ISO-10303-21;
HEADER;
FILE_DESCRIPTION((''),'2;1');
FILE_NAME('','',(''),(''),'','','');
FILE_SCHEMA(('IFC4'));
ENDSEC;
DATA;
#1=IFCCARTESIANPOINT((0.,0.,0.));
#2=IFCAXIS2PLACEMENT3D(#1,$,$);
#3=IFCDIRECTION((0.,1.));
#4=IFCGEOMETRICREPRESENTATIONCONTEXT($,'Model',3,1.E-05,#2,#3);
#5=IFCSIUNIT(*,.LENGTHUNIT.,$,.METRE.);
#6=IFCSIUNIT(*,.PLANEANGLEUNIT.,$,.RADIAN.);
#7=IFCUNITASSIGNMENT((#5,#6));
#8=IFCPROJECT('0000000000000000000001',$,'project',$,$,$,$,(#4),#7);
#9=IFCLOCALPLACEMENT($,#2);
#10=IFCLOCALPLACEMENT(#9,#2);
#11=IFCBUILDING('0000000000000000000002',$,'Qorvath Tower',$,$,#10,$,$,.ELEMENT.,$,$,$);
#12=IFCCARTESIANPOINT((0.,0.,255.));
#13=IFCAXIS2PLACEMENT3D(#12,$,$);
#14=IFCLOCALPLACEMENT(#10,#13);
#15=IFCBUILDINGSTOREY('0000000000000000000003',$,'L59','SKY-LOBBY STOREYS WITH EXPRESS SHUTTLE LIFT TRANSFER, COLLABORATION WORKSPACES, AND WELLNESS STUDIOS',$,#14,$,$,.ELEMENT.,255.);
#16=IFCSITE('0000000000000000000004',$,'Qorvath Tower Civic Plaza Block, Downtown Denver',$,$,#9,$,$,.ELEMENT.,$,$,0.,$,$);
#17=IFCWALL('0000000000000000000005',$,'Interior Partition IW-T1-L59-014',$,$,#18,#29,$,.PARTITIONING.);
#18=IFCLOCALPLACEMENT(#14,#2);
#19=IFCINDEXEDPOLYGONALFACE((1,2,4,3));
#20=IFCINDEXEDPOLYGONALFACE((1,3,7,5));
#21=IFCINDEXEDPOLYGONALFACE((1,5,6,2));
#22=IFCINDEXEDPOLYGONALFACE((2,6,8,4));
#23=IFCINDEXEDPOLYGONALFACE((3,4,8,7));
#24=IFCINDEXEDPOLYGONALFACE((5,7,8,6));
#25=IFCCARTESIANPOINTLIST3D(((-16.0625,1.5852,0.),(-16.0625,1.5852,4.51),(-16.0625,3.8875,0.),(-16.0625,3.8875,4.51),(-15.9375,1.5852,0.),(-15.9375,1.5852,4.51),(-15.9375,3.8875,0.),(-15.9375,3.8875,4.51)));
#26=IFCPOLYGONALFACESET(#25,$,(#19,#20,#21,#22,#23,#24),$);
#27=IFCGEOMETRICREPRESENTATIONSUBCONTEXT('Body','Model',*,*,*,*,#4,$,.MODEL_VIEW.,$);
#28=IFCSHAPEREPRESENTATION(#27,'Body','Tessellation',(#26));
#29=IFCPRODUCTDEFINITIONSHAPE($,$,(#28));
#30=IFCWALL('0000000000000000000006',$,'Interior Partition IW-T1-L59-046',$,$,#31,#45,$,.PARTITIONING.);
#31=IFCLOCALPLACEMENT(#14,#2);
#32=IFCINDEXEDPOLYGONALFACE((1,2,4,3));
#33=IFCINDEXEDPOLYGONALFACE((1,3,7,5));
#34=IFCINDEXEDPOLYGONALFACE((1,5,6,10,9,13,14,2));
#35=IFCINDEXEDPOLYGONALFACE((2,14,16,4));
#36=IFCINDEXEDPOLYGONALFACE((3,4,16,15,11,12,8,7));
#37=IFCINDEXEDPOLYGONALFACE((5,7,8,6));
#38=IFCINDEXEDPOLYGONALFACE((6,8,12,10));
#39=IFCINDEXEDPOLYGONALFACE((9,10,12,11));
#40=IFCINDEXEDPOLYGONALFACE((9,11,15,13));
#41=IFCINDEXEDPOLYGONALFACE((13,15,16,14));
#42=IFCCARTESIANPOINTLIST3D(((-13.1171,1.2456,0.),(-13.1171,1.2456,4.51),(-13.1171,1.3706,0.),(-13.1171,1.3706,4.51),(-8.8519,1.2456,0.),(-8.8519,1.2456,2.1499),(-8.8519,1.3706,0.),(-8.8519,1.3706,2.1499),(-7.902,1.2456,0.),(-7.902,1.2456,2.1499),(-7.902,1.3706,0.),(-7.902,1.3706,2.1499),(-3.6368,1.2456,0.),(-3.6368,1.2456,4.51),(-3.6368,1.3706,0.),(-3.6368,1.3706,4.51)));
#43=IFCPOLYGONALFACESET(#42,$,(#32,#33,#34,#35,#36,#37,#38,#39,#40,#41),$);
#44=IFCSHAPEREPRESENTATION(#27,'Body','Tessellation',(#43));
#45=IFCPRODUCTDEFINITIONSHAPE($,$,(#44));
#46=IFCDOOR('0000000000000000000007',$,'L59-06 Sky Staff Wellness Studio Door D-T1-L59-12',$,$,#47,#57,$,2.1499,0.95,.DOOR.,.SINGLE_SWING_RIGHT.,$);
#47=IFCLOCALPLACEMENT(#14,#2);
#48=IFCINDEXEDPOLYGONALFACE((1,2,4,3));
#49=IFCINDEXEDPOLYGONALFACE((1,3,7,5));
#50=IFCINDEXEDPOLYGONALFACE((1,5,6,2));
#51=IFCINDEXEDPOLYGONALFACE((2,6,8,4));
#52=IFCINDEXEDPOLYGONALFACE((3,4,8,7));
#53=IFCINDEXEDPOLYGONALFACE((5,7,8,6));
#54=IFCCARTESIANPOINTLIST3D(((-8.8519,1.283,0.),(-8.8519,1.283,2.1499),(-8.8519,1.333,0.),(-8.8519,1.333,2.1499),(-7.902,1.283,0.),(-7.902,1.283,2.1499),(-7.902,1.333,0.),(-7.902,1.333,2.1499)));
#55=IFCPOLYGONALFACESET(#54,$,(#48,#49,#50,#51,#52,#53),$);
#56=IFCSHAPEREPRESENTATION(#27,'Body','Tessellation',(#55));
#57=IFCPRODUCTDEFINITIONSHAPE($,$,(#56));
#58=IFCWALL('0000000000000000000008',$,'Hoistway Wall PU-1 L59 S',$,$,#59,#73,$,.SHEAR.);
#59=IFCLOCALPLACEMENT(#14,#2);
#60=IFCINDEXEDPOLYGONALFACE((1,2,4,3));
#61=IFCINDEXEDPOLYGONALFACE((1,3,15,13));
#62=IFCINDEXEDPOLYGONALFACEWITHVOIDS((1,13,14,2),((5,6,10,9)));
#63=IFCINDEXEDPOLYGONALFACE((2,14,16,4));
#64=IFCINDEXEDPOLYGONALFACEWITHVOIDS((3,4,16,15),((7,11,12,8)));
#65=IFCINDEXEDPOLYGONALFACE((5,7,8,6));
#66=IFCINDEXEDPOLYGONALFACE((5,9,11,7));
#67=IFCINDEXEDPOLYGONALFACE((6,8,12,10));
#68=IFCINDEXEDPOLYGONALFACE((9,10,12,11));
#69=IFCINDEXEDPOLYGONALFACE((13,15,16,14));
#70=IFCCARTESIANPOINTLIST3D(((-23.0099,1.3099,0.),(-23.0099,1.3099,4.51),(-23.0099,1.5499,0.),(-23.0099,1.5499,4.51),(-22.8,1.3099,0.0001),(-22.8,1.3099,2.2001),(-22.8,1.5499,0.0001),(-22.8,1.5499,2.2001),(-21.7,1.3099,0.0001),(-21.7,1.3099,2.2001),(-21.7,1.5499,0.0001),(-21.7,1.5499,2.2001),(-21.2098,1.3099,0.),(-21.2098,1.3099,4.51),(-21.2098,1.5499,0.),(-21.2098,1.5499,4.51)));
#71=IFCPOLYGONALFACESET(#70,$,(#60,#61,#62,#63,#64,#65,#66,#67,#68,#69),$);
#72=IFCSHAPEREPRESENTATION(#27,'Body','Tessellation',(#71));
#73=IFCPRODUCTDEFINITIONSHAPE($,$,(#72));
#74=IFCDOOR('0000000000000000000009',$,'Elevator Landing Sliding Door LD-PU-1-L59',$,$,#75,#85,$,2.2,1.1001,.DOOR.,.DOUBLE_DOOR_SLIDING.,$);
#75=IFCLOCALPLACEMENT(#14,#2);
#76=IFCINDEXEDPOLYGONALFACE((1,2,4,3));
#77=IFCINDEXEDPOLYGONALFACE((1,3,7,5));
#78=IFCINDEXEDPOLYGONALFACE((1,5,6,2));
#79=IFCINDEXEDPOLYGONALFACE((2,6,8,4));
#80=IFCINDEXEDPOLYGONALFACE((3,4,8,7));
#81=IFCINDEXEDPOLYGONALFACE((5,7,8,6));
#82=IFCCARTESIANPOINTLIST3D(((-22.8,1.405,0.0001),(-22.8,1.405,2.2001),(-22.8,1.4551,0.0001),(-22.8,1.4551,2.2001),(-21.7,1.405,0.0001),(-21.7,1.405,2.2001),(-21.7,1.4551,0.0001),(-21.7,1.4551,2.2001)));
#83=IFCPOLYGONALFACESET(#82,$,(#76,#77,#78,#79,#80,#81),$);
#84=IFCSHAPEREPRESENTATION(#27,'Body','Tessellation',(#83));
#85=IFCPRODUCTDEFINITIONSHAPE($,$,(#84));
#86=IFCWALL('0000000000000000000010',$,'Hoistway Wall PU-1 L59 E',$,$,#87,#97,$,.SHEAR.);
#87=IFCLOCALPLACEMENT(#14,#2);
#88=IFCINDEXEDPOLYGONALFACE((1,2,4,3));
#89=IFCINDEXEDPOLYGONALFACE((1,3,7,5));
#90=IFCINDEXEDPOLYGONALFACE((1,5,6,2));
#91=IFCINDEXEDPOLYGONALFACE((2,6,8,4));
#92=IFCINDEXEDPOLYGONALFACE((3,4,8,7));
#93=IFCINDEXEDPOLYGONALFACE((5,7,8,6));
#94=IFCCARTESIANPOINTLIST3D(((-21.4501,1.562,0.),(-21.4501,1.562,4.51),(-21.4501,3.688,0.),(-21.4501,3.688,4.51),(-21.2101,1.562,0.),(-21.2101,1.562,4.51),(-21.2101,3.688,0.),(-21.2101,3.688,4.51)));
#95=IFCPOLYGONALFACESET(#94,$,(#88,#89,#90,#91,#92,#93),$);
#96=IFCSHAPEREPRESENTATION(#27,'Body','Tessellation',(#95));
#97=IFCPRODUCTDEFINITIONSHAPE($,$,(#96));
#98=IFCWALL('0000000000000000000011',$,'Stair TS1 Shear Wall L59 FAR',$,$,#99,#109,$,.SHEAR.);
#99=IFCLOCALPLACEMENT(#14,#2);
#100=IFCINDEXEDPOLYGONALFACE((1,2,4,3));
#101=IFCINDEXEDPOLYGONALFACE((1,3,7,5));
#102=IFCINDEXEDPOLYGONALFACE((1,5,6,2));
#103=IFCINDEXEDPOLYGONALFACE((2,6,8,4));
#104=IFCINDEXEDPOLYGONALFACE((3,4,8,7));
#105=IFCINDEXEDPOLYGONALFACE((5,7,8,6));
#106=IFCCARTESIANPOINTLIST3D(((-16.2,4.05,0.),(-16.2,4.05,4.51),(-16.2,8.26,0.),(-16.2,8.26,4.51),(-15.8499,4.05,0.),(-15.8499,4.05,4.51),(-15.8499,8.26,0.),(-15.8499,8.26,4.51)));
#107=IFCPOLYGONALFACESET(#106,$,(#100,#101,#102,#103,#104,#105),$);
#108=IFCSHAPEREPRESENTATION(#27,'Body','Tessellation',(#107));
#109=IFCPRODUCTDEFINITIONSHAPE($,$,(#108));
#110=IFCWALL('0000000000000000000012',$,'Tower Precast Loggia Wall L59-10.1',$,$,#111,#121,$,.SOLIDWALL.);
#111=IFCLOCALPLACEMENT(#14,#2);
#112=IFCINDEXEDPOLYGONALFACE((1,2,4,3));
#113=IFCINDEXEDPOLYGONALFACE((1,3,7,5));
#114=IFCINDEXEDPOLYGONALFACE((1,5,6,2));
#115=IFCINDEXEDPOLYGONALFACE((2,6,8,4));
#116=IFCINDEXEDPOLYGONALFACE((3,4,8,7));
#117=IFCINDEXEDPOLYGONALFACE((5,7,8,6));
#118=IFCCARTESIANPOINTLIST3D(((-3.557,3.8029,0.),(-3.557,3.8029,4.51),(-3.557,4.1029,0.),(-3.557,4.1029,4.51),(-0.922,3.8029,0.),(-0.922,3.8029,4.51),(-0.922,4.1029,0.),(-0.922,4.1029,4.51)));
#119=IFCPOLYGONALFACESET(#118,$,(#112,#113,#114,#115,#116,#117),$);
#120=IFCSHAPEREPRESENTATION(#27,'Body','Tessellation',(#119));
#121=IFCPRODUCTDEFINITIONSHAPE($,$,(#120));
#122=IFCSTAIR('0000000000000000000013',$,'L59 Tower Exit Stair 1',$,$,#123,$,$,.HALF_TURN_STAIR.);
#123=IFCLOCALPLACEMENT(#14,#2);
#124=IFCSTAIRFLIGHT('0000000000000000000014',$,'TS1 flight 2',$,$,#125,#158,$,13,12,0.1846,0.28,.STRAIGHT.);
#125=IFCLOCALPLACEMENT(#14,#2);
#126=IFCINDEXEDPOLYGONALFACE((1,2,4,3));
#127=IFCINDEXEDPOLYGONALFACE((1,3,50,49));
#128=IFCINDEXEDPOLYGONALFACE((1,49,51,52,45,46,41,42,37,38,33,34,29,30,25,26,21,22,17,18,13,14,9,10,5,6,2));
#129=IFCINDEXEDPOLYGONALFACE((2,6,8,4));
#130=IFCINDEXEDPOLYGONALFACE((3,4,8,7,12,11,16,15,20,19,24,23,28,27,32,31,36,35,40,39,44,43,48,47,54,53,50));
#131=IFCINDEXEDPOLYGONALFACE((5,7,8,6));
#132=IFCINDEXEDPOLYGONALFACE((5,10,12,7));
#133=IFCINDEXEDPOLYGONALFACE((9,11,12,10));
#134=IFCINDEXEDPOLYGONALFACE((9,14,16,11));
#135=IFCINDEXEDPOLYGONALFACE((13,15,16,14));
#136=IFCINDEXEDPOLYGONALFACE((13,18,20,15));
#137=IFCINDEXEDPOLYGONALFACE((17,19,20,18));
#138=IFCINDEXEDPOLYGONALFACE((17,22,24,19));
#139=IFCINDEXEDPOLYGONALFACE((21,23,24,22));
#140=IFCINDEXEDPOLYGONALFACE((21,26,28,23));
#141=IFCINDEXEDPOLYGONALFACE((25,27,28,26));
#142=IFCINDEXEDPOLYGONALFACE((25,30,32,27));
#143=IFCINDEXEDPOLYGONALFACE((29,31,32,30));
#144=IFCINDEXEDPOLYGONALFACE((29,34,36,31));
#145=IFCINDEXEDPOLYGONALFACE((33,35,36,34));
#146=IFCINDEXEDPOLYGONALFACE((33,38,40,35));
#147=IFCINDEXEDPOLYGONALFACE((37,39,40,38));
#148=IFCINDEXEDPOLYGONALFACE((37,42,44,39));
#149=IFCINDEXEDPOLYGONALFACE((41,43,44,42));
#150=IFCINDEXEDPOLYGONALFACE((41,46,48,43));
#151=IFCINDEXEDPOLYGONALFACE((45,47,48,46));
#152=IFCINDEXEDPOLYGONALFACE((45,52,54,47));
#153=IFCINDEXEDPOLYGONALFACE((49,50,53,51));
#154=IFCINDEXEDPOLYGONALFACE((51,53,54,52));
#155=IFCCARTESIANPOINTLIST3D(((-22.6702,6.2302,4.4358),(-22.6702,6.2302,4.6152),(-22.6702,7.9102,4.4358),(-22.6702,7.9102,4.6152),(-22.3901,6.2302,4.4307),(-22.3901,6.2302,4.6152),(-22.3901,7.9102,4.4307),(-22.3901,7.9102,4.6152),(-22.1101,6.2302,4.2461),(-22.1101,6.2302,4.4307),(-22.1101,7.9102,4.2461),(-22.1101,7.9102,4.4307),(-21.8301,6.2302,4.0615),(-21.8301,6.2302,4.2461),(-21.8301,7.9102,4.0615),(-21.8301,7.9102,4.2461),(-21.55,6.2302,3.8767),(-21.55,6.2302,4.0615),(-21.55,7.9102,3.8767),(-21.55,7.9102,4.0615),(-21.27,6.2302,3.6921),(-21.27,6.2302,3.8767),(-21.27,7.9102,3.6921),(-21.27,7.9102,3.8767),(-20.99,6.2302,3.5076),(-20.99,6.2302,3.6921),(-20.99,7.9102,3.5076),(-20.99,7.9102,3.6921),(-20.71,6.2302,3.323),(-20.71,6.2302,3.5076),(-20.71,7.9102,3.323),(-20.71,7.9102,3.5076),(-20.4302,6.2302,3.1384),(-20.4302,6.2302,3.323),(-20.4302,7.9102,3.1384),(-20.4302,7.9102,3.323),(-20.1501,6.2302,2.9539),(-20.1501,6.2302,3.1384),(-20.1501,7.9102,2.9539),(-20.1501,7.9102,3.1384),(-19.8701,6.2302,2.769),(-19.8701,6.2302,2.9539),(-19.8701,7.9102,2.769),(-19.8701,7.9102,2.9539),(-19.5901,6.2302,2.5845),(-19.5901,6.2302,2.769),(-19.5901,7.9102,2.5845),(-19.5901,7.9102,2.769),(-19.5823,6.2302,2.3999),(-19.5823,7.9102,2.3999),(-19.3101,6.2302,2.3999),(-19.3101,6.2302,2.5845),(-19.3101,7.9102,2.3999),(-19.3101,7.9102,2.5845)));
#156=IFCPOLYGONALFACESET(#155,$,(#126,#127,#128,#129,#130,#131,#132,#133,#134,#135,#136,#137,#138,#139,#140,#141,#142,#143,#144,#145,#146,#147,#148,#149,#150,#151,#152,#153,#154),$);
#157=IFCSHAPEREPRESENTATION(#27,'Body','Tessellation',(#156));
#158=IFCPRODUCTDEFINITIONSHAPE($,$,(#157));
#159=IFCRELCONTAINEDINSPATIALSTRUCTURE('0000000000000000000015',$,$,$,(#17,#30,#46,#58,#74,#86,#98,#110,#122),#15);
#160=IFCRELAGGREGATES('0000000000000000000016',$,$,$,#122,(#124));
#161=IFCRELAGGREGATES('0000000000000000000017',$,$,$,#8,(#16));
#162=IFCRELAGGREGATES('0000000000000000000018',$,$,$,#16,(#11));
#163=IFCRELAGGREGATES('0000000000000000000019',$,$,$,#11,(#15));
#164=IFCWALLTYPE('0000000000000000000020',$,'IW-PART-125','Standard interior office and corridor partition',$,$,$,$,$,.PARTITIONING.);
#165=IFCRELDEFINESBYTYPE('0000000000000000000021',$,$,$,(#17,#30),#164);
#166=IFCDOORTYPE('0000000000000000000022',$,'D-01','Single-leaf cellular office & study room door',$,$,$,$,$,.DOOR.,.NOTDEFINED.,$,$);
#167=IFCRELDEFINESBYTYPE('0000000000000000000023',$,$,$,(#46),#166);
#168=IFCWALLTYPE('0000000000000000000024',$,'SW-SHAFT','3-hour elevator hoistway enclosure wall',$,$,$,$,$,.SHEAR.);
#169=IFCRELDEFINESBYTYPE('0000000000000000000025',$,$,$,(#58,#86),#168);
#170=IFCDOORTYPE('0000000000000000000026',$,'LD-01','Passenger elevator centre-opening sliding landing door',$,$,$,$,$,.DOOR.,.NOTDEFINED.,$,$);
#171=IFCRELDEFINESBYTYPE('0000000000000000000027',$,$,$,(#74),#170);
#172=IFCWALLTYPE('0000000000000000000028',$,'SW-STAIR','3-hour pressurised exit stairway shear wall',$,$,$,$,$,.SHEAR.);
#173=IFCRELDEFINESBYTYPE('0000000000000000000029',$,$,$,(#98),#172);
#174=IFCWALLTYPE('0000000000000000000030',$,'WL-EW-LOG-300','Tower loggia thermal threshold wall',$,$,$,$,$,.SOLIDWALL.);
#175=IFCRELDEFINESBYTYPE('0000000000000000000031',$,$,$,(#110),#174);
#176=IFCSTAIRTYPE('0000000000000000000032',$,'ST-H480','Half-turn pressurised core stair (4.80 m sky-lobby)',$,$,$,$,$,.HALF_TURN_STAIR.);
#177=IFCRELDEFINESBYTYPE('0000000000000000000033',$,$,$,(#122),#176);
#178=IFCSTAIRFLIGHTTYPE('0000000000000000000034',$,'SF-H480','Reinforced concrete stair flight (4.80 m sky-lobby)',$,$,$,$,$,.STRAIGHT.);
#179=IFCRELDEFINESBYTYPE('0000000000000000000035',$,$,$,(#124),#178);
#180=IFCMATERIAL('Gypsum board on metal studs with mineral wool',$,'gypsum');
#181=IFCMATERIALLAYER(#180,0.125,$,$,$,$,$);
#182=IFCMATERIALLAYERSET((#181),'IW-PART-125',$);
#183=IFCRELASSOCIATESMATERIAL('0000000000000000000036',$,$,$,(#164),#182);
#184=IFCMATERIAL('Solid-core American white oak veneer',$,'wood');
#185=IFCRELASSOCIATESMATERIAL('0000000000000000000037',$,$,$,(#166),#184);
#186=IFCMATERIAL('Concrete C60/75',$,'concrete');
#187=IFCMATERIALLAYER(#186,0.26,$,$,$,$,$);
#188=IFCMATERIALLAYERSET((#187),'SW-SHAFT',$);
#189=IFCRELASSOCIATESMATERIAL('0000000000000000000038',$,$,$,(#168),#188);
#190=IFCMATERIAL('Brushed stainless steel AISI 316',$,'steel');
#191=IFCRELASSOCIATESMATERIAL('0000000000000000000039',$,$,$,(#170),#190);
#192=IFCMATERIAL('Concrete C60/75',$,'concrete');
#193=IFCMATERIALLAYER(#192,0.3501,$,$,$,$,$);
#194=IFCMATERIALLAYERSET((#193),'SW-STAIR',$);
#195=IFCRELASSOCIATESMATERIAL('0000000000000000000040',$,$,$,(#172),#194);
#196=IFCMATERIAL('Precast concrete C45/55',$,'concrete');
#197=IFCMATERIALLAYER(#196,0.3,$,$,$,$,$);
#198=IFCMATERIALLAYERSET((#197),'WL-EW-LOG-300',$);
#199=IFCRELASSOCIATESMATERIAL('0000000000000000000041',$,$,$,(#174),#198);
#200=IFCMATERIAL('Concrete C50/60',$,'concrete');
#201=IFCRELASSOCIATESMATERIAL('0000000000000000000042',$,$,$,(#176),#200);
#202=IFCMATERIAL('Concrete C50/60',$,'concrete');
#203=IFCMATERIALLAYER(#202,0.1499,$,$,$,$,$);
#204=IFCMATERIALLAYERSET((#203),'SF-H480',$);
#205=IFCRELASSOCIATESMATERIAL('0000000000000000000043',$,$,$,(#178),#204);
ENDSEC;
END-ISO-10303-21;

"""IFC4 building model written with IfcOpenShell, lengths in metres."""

from ifc_helpers import new_model, si_unit, direction, frame, frame_2d, origin, place, context, subcontext, project, spatial, polyline, rectangle, outline, extrude, material, layer, layer_set, type_object, element, fill, aggregate, save


model = new_model("IFC4")

# Units and contexts
model_context = context("Model", 3, precision=1e-05, world=origin(), true_north=direction((0.0, 1.0)))
body_context = subcontext(model_context, "Body", "Model", "MODEL_VIEW")
ifc_project = project(units=[si_unit("LENGTHUNIT", "METRE"), si_unit("PLANEANGLEUNIT", "RADIAN")], contexts=[model_context])

# Site, building, storey
site_placement = place(None, origin())
site = spatial("IfcSite", under=ifc_project, at=site_placement, Name="Qorvath Tower Civic Plaza Block, Downtown Denver", CompositionType="ELEMENT", RefElevation=0.0)
building_placement = place(site_placement, origin())
building = spatial("IfcBuilding", under=site, at=building_placement, Name="Qorvath Tower", CompositionType="ELEMENT")
storey_placement = place(building_placement, frame((0.0, 0.0, 255.0)))
storey = spatial("IfcBuildingStorey", under=building, at=storey_placement, Name="L59", Description="SKY-LOBBY STOREYS WITH EXPRESS SHUTTLE LIFT TRANSFER, COLLABORATION WORKSPACES, AND WELLNESS STUDIOS", CompositionType="ELEMENT", Elevation=255.0)

# Shared definitions
ifc_material_1 = material(Name="Gypsum board on metal studs with mineral wool", Category="gypsum")
ifc_layer_1 = layer(ifc_material_1, 0.125)
ifc_layer_set_1 = layer_set([ifc_layer_1], Name="IW-PART-125")
wall_type_1 = type_object("IfcWallType", Name="IW-PART-125", Description="Standard interior office and corridor partition", PredefinedType="PARTITIONING", material=ifc_layer_set_1)
ifc_material_2 = material(Name="Solid-core American white oak veneer", Category="wood")
door_type_1 = type_object("IfcDoorType", Name="D-01", Description="Single-leaf cellular office & study room door", OperationType="NOTDEFINED", PredefinedType="DOOR", material=ifc_material_2)

# Wall
wall_1_placement = place(storey_placement, frame((-16.0, 1.5852, 0.0), z_axis=(0.0, 0.0, 1.0), x_axis=(0.0, 1.0, 0.0)))
element("IfcWall", 1, at=wall_1_placement, inside=storey, type_object=wall_type_1, Name="Interior Partition IW-T1-L59-014", PredefinedType="PARTITIONING", context=body_context, shape_type="SweptSolid", body=[
    extrude(rectangle(XDim=2.3022, YDim=0.125, at=frame_2d((1.1511, 0.0))), origin(), (0.0, 0.0, 1.0), 4.51),
])

# Walls, openings, doors
wall_2_placement = place(storey_placement, frame((-13.1172, 1.3081, 0.0), z_axis=(0.0, 0.0, 1.0), x_axis=(1.0, 0.0, 0.0)))
wall_2 = element("IfcWall", 2, at=wall_2_placement, inside=storey, type_object=wall_type_1, Name="Interior Partition IW-T1-L59-046", PredefinedType="PARTITIONING", context=body_context, shape_type="SweptSolid", body=[
    extrude(rectangle(XDim=9.4802, YDim=0.125, at=frame_2d((4.7402, 0.0))), origin(), (0.0, 0.0, 1.0), 4.51),
])
opening_1_placement = place(wall_2_placement, frame((4.2651, 0.0, 0.0)))
opening_1 = element("IfcOpeningElement", 3, at=opening_1_placement, cuts=wall_2, PredefinedType="OPENING", context=body_context, shape_type="SweptSolid", body=[
    extrude(rectangle(XDim=0.95, YDim=2.1499, at=frame_2d((0.4751, 1.075))), frame((0.0, 0.0725, 0.0), z_axis=(0.0, -1.0, 0.0), x_axis=(1.0, 0.0, 0.0)), (0.0, 0.0, 1.0), 0.145),
])
door_1_placement = place(opening_1_placement, origin())
door_1 = element("IfcDoor", 4, at=door_1_placement, inside=storey, type_object=door_type_1, Name="L59-06 Sky Staff Wellness Studio Door D-T1-L59-12", OperationType="SINGLE_SWING_RIGHT", OverallHeight=2.1499, OverallWidth=0.95, PredefinedType="DOOR", context=body_context, shape_type="SweptSolid", body=[
    extrude(rectangle(XDim=0.95, YDim=2.1499, at=frame_2d((0.4751, 1.075))), frame((0.0, 0.0249, 0.0), z_axis=(0.0, -1.0, 0.0), x_axis=(1.0, 0.0, 0.0)), (0.0, 0.0, 1.0), 0.05),
])
fill(opening_1, door_1)
ifc_material_3 = material(Name="Concrete C60/75", Category="concrete")
ifc_layer_2 = layer(ifc_material_3, 0.26)
ifc_layer_set_2 = layer_set([ifc_layer_2], Name="SW-SHAFT")
wall_type_2 = type_object("IfcWallType", Name="SW-SHAFT", Description="3-hour elevator hoistway enclosure wall", PredefinedType="SHEAR", material=ifc_layer_set_2)
wall_3_placement = place(storey_placement, frame((-21.21, 1.4299, 0.0), z_axis=(0.0, 0.0, 1.0), x_axis=(-1.0, 0.0, 0.0)))
wall_3 = element("IfcWall", 5, at=wall_3_placement, inside=storey, type_object=wall_type_2, Name="Hoistway Wall PU-1 L59 S", PredefinedType="SHEAR", context=body_context, shape_type="SweptSolid", body=[
    extrude(rectangle(XDim=1.8, YDim=0.24, at=frame_2d((0.8999, 0.0))), origin(), (0.0, 0.0, 1.0), 4.51),
])
opening_2_placement = place(wall_3_placement, frame((0.49, 0.0, 0.0)))
opening_2 = element("IfcOpeningElement", 6, at=opening_2_placement, cuts=wall_3, PredefinedType="OPENING", context=body_context, shape_type="SweptSolid", body=[
    extrude(rectangle(XDim=1.1001, YDim=2.2, at=frame_2d((0.55, 1.1001))), frame((0.0, 0.1299, 0.0), z_axis=(0.0, -1.0, 0.0), x_axis=(1.0, 0.0, 0.0)), (0.0, 0.0, 1.0), 0.26),
])
ifc_material_4 = material(Name="Brushed stainless steel AISI 316", Category="steel")
door_type_2 = type_object("IfcDoorType", Name="LD-01", Description="Passenger elevator centre-opening sliding landing door", OperationType="NOTDEFINED", PredefinedType="DOOR", material=ifc_material_4)
door_2_placement = place(opening_2_placement, origin())
door_2 = element("IfcDoor", 7, at=door_2_placement, inside=storey, type_object=door_type_2, Name="Elevator Landing Sliding Door LD-PU-1-L59", OperationType="DOUBLE_DOOR_SLIDING", OverallHeight=2.2, OverallWidth=1.1001, PredefinedType="DOOR", context=body_context, shape_type="SweptSolid", body=[
    extrude(rectangle(XDim=1.1001, YDim=2.2, at=frame_2d((0.55, 1.1001))), frame((0.0, 0.0249, 0.0), z_axis=(0.0, -1.0, 0.0), x_axis=(1.0, 0.0, 0.0)), (0.0, 0.0, 1.0), 0.05),
])
fill(opening_2, door_2)

# Walls
wall_4_placement = place(storey_placement, frame((-21.3301, 3.688, 0.0), z_axis=(0.0, 0.0, 1.0), x_axis=(0.0, -1.0, 0.0)))
element("IfcWall", 8, at=wall_4_placement, inside=storey, type_object=wall_type_2, Name="Hoistway Wall PU-1 L59 E", PredefinedType="SHEAR", context=body_context, shape_type="SweptSolid", body=[
    extrude(rectangle(XDim=2.126, YDim=0.24, at=frame_2d((1.063, 0.0))), origin(), (0.0, 0.0, 1.0), 4.51),
])
ifc_material_5 = material(Name="Concrete C60/75", Category="concrete")
ifc_layer_3 = layer(ifc_material_5, 0.3501)
ifc_layer_set_3 = layer_set([ifc_layer_3], Name="SW-STAIR")
wall_type_3 = type_object("IfcWallType", Name="SW-STAIR", Description="3-hour pressurised exit stairway shear wall", PredefinedType="SHEAR", material=ifc_layer_set_3)
wall_5_placement = place(storey_placement, frame((-16.0249, 4.05, 0.0), z_axis=(0.0, 0.0, 1.0), x_axis=(0.0, 1.0, 0.0)))
element("IfcWall", 9, at=wall_5_placement, inside=storey, type_object=wall_type_3, Name="Stair TS1 Shear Wall L59 FAR", PredefinedType="SHEAR", context=body_context, shape_type="SweptSolid", body=[
    extrude(rectangle(XDim=4.21, YDim=0.3501, at=frame_2d((2.105, 0.0))), origin(), (0.0, 0.0, 1.0), 4.51),
])
ifc_material_6 = material(Name="Precast concrete C45/55", Category="concrete")
ifc_layer_4 = layer(ifc_material_6, 0.3)
ifc_layer_set_4 = layer_set([ifc_layer_4], Name="WL-EW-LOG-300")
wall_type_4 = type_object("IfcWallType", Name="WL-EW-LOG-300", Description="Tower loggia thermal threshold wall", PredefinedType="SOLIDWALL", material=ifc_layer_set_4)
wall_6_placement = place(storey_placement, frame((-3.5569, 3.9529, 0.0), z_axis=(0.0, 0.0, 1.0), x_axis=(1.0, 0.0, 0.0)))
element("IfcWall", 10, at=wall_6_placement, inside=storey, type_object=wall_type_4, Name="Tower Precast Loggia Wall L59-10.1", PredefinedType="SOLIDWALL", context=body_context, shape_type="SweptSolid", body=[
    extrude(rectangle(XDim=2.635, YDim=0.3, at=frame_2d((1.3174, 0.0))), origin(), (0.0, 0.0, 1.0), 4.51),
])

# Stair, stair flight
ifc_material_7 = material(Name="Concrete C50/60", Category="concrete")
stair_type = type_object("IfcStairType", Name="ST-H480", Description="Half-turn pressurised core stair (4.80 m sky-lobby)", PredefinedType="HALF_TURN_STAIR", material=ifc_material_7)
stair_placement = place(storey_placement, origin())
stair = element("IfcStair", 11, at=stair_placement, inside=storey, type_object=stair_type, Name="L59 Tower Exit Stair 1", PredefinedType="HALF_TURN_STAIR")
ifc_material_8 = material(Name="Concrete C50/60", Category="concrete")
ifc_layer_5 = layer(ifc_material_8, 0.1499)
ifc_layer_set_5 = layer_set([ifc_layer_5], Name="SF-H480")
stair_flight_type = type_object("IfcStairFlightType", Name="SF-H480", Description="Reinforced concrete stair flight (4.80 m sky-lobby)", PredefinedType="STRAIGHT", material=ifc_layer_set_5)
stair_flight_placement = place(storey_placement, frame((-19.3101, 7.0701, 2.3999), z_axis=(0.0, 0.0, 1.0), x_axis=(-1.0, 0.0, 0.0)))
stair_flight = element("IfcStairFlight", 12, at=stair_flight_placement, type_object=stair_flight_type, Name="TS1 flight 2", NumberOfRisers=13, NumberOfTreads=12, PredefinedType="STRAIGHT", RiserHeight=0.1846, TreadLength=0.28, context=body_context, shape_type="SweptSolid", body=[
    extrude(outline(polyline([(0.0, 0.0), (0.0, 0.1846), (0.28, 0.1846), (0.28, 0.3691), (0.5601, 0.3691), (0.5601, 0.554), (0.8401, 0.554), (0.8401, 0.7385), (1.1201, 0.7385), (1.1201, 0.9231), (1.3999, 0.9231), (1.3999, 1.1077), (1.6799, 1.1077), (1.6799, 1.2922), (1.96, 1.2922), (1.96, 1.4768), (2.24, 1.4768), (2.24, 1.6616), (2.52, 1.6616), (2.52, 1.8462), (2.8, 1.8462), (2.8, 2.0308), (3.0801, 2.0308), (3.0801, 2.2153), (3.3601, 2.2153), (3.3601, 2.3999), (3.3601, 2.0359), (0.2722, 0.0), (0.0, 0.0)])), frame((0.0, 0.8398, 0.0), z_axis=(0.0, -1.0, 0.0), x_axis=(1.0, 0.0, 0.0)), (0.0, 0.0, 1.0), 1.6799),
])
aggregate(stair, [stair_flight])

save(model, "model.ifc")
